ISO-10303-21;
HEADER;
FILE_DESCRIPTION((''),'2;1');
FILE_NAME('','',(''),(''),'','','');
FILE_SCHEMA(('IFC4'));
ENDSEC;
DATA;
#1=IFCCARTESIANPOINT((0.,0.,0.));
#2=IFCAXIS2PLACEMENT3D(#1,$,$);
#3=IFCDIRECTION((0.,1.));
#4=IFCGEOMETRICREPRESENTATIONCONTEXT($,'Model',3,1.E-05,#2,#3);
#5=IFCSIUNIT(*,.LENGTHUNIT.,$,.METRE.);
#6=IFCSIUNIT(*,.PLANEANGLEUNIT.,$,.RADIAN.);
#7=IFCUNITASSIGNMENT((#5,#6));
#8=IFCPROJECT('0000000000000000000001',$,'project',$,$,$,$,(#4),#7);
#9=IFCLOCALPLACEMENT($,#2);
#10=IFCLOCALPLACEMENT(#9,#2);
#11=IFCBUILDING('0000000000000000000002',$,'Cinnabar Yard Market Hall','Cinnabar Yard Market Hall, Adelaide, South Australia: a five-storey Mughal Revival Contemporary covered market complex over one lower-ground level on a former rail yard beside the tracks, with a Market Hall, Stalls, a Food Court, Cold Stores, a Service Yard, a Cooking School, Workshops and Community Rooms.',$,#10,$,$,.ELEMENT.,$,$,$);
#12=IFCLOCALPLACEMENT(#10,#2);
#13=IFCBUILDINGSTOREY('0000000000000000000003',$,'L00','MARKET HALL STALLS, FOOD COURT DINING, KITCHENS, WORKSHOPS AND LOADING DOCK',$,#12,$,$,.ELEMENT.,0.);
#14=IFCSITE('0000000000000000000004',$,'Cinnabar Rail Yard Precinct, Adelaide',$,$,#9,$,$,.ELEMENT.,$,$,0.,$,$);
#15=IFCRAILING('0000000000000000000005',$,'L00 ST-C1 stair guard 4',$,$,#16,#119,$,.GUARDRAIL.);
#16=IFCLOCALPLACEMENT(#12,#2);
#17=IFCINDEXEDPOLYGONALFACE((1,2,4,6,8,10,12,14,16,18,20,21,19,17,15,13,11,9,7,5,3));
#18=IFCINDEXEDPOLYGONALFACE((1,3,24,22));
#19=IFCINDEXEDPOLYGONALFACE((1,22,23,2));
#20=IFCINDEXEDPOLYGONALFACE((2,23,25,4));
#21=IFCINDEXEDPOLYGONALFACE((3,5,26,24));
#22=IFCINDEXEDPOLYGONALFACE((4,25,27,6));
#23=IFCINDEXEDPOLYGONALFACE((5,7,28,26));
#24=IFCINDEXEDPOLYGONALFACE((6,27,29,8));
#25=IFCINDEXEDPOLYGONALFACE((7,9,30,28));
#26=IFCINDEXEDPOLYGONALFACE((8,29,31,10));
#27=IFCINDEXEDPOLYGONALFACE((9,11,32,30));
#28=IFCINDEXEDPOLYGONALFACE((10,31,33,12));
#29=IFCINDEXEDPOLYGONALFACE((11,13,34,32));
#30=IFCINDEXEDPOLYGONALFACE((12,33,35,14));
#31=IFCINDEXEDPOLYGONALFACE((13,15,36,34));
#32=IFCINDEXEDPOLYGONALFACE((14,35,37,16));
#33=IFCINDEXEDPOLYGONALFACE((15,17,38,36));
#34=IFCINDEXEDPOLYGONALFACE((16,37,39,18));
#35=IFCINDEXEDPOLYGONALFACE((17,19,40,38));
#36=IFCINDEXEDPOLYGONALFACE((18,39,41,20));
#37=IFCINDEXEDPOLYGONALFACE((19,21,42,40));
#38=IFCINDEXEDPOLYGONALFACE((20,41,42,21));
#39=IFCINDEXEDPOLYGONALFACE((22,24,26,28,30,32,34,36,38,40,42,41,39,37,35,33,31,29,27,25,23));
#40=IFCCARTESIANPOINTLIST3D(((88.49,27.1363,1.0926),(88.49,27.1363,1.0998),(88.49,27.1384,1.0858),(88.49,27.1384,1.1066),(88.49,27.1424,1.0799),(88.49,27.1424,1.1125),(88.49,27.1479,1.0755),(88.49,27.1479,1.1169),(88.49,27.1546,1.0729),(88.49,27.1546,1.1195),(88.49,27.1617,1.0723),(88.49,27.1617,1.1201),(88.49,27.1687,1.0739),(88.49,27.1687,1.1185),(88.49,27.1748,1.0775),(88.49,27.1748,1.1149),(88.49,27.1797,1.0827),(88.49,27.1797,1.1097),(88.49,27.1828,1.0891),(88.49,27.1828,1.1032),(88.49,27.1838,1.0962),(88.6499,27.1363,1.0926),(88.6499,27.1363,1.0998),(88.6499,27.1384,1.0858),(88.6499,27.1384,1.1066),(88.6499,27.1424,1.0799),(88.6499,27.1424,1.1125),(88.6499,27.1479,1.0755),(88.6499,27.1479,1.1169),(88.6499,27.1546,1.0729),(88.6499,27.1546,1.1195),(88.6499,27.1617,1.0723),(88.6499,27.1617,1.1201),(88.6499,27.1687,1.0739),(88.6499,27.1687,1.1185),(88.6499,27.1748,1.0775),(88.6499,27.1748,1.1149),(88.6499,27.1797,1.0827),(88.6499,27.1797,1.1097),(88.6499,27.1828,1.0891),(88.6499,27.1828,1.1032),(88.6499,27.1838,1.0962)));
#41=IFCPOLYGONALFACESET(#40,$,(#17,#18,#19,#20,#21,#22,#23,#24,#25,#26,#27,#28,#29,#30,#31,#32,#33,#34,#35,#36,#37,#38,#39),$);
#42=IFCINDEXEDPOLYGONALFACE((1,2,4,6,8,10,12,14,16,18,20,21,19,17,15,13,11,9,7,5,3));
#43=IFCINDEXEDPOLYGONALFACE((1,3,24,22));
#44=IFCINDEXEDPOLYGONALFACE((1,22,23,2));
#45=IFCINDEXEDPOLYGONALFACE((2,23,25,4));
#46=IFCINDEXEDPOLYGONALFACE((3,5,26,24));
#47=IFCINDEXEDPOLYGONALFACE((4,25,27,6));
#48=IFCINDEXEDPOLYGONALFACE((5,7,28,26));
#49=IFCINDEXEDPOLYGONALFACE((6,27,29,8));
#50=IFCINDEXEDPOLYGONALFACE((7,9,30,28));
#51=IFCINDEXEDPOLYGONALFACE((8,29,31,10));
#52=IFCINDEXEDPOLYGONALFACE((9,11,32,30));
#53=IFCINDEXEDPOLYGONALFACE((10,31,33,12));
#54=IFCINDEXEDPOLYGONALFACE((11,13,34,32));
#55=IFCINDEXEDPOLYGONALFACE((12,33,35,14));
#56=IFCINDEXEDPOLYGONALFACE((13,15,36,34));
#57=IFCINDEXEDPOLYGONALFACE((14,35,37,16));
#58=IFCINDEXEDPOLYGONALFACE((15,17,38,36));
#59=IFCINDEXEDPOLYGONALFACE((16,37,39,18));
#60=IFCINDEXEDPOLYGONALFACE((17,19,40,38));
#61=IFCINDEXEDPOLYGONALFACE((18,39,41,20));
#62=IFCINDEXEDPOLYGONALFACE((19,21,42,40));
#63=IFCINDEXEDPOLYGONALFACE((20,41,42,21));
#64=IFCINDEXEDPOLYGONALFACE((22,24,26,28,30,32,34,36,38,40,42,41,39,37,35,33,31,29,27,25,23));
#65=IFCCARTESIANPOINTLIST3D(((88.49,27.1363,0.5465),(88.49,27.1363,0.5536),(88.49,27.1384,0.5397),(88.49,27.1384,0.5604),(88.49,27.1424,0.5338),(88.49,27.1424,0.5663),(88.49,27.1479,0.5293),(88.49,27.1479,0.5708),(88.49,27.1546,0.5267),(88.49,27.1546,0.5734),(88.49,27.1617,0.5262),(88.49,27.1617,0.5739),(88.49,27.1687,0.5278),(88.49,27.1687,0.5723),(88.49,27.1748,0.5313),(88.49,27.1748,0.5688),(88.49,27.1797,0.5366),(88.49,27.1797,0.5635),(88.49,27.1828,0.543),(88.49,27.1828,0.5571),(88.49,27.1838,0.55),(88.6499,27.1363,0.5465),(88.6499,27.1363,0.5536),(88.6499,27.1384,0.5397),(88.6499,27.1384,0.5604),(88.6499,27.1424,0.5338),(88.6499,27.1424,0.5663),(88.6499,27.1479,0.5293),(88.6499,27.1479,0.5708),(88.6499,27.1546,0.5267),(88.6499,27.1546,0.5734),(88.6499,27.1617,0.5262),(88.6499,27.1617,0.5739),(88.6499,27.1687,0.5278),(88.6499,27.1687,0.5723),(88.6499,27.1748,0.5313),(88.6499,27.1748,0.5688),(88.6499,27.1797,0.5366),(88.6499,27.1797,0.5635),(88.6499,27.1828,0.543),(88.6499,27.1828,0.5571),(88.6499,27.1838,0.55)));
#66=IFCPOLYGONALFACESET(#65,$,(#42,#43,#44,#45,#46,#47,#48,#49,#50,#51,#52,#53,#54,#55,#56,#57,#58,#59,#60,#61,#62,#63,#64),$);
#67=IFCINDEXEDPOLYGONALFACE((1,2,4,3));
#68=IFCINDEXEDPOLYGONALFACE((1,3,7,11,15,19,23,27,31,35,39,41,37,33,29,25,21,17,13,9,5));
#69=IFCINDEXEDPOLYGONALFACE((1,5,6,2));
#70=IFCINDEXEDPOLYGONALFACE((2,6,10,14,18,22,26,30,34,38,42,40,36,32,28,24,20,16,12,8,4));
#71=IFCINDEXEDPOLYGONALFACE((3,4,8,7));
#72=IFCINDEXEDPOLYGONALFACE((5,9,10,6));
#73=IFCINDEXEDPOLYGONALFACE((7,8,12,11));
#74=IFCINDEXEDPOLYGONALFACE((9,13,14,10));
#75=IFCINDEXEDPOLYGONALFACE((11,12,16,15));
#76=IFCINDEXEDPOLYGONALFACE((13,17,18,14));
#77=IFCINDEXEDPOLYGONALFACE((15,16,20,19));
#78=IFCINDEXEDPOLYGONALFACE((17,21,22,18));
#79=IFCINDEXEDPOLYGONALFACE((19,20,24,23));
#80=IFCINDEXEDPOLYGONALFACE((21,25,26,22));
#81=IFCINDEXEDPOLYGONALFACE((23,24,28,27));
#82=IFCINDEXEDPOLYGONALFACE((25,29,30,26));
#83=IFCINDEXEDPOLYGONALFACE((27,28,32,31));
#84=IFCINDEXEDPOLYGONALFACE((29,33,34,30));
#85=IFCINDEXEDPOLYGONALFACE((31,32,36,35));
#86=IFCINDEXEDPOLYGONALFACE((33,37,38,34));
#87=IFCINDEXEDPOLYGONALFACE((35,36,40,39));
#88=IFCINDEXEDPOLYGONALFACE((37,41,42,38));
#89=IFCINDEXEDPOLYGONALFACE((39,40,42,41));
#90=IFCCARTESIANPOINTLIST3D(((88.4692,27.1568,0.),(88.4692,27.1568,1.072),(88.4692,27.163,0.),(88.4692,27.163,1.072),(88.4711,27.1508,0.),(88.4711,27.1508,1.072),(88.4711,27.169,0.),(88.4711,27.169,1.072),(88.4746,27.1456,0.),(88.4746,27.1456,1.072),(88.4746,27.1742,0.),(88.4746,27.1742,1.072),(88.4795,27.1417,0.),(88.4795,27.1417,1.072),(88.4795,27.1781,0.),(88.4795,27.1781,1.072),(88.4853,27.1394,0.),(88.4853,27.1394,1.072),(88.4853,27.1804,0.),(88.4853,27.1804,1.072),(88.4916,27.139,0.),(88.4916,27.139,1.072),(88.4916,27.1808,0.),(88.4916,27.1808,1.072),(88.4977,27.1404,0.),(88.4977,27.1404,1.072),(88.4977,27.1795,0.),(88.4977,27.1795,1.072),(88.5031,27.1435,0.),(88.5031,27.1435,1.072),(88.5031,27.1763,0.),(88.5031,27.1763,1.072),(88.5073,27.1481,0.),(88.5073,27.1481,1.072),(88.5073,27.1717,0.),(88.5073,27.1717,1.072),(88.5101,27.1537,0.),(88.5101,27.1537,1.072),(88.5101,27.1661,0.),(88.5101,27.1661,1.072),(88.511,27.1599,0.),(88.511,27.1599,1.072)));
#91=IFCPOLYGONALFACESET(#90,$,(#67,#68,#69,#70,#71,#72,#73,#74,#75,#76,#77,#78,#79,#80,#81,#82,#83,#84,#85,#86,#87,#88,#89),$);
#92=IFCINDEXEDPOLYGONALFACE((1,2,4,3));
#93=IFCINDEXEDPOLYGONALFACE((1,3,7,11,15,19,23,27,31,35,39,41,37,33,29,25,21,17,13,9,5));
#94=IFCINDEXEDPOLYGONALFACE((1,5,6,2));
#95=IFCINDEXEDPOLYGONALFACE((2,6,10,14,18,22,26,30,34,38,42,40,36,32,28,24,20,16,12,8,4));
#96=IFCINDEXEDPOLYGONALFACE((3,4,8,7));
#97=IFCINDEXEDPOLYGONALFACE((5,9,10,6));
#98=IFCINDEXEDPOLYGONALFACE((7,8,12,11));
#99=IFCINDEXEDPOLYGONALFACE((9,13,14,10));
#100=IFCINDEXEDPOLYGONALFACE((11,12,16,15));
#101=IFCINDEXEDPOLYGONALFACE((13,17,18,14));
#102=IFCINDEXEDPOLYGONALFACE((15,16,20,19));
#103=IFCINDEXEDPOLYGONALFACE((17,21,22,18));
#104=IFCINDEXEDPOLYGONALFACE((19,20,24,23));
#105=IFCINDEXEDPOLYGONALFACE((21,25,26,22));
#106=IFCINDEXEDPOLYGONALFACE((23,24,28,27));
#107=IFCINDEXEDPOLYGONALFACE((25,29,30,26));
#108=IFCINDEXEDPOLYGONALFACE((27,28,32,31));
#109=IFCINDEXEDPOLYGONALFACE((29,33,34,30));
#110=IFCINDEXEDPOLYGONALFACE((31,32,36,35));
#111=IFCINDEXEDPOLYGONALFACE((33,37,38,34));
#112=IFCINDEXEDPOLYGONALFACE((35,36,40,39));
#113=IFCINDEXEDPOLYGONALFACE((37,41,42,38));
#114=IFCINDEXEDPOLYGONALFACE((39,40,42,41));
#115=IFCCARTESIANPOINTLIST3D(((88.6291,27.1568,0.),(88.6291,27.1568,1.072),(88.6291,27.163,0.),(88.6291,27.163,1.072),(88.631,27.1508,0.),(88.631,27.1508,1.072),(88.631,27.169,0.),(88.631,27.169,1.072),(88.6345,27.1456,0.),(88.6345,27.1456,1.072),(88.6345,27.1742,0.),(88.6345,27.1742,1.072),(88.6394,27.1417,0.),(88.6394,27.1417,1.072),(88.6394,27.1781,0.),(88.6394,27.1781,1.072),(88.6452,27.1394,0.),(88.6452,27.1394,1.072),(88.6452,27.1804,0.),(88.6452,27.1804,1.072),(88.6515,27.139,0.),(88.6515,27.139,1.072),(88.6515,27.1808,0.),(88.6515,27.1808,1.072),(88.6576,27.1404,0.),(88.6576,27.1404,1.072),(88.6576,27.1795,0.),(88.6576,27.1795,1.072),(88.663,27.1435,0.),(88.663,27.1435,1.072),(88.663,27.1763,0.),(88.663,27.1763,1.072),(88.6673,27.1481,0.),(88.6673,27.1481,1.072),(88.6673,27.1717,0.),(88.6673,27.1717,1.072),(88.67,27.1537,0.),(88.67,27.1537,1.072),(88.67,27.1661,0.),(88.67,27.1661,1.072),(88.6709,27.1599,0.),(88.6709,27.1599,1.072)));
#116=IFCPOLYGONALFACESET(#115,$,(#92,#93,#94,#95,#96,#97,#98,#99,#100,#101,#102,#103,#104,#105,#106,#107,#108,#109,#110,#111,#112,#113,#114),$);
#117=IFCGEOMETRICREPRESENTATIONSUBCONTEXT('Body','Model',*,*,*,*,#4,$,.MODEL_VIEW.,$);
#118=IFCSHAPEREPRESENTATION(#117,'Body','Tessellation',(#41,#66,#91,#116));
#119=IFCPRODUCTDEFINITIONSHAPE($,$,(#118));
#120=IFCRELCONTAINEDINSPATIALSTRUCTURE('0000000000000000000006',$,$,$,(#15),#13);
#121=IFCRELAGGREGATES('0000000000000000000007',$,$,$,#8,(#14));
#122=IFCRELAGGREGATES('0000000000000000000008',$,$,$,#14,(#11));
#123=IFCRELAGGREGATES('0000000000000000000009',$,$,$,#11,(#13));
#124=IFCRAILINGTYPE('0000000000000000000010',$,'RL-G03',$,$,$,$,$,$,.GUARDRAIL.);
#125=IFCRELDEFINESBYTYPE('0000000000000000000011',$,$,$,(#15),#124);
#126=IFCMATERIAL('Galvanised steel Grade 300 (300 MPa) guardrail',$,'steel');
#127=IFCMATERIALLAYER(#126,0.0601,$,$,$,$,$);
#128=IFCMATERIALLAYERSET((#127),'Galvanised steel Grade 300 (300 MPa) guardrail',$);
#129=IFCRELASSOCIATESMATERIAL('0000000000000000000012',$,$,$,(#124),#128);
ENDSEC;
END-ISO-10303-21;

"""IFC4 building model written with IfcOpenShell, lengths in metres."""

from ifc_helpers import new_model, si_unit, direction, frame, origin, origin_2d_with_axis, place, context, subcontext, project, spatial, circle, extrude, material, layer, layer_set, type_object, element, save


model = new_model("IFC4")

# Units and contexts
model_context = context("Model", 3, precision=1e-05, world=origin(), true_north=direction((0.0, 1.0)))
body_context = subcontext(model_context, "Body", "Model", "MODEL_VIEW")
ifc_project = project(units=[si_unit("LENGTHUNIT", "METRE"), si_unit("PLANEANGLEUNIT", "RADIAN")], contexts=[model_context])

# Site, building, storey
site_placement = place(None, origin())
site = spatial("IfcSite", under=ifc_project, at=site_placement, Name="Cinnabar Rail Yard Precinct, Adelaide", CompositionType="ELEMENT", RefElevation=0.0)
building_placement = place(site_placement, origin())
building = spatial("IfcBuilding", under=site, at=building_placement, Name="Cinnabar Yard Market Hall", Description="Cinnabar Yard Market Hall, Adelaide, South Australia: a five-storey Mughal Revival Contemporary covered market complex over one lower-ground level on a former rail yard beside the tracks, with a Market Hall, Stalls, a Food Court, Cold Stores, a Service Yard, a Cooking School, Workshops and Community Rooms.", CompositionType="ELEMENT")
storey_placement = place(building_placement, origin())
storey = spatial("IfcBuildingStorey", under=building, at=storey_placement, Name="L00", Description="MARKET HALL STALLS, FOOD COURT DINING, KITCHENS, WORKSHOPS AND LOADING DOCK", CompositionType="ELEMENT", Elevation=0.0)

# Railing
ifc_material_1 = material(Name="Galvanised steel Grade 300 (300 MPa) guardrail", Category="steel")
ifc_layer_1 = layer(ifc_material_1, 0.0601)
ifc_layer_set_1 = layer_set([ifc_layer_1], Name="Galvanised steel Grade 300 (300 MPa) guardrail")
railing_type_1 = type_object("IfcRailingType", Name="RL-G03", PredefinedType="GUARDRAIL", material=ifc_layer_set_1)
railing_1_placement = place(storey_placement, frame((88.49, 27.1599, 0.0)))
element("IfcRailing", 1, at=railing_1_placement, inside=storey, type_object=railing_type_1, Name="L00 ST-C1 stair guard 4", PredefinedType="GUARDRAIL", context=body_context, shape_type="SweptSolid", body=[
    extrude(circle(Radius=0.0239, at=origin_2d_with_axis()), frame((0.0, 0.0, 1.0962), z_axis=(1.0, 0.0, 0.0), x_axis=(0.0, 1.0, 0.0)), (0.0, 0.0, 1.0), 0.1599),
    extrude(circle(Radius=0.0239, at=origin_2d_with_axis()), frame((0.0, 0.0, 0.55), z_axis=(1.0, 0.0, 0.0), x_axis=(0.0, 1.0, 0.0)), (0.0, 0.0, 1.0), 0.1599),
    extrude(circle(Radius=0.021, at=origin_2d_with_axis()), origin(), (0.0, 0.0, 1.0), 1.072),
    extrude(circle(Radius=0.021, at=origin_2d_with_axis()), frame((0.1599, 0.0, 0.0)), (0.0, 0.0, 1.0), 1.072),
])

save(model, "model.ifc")
